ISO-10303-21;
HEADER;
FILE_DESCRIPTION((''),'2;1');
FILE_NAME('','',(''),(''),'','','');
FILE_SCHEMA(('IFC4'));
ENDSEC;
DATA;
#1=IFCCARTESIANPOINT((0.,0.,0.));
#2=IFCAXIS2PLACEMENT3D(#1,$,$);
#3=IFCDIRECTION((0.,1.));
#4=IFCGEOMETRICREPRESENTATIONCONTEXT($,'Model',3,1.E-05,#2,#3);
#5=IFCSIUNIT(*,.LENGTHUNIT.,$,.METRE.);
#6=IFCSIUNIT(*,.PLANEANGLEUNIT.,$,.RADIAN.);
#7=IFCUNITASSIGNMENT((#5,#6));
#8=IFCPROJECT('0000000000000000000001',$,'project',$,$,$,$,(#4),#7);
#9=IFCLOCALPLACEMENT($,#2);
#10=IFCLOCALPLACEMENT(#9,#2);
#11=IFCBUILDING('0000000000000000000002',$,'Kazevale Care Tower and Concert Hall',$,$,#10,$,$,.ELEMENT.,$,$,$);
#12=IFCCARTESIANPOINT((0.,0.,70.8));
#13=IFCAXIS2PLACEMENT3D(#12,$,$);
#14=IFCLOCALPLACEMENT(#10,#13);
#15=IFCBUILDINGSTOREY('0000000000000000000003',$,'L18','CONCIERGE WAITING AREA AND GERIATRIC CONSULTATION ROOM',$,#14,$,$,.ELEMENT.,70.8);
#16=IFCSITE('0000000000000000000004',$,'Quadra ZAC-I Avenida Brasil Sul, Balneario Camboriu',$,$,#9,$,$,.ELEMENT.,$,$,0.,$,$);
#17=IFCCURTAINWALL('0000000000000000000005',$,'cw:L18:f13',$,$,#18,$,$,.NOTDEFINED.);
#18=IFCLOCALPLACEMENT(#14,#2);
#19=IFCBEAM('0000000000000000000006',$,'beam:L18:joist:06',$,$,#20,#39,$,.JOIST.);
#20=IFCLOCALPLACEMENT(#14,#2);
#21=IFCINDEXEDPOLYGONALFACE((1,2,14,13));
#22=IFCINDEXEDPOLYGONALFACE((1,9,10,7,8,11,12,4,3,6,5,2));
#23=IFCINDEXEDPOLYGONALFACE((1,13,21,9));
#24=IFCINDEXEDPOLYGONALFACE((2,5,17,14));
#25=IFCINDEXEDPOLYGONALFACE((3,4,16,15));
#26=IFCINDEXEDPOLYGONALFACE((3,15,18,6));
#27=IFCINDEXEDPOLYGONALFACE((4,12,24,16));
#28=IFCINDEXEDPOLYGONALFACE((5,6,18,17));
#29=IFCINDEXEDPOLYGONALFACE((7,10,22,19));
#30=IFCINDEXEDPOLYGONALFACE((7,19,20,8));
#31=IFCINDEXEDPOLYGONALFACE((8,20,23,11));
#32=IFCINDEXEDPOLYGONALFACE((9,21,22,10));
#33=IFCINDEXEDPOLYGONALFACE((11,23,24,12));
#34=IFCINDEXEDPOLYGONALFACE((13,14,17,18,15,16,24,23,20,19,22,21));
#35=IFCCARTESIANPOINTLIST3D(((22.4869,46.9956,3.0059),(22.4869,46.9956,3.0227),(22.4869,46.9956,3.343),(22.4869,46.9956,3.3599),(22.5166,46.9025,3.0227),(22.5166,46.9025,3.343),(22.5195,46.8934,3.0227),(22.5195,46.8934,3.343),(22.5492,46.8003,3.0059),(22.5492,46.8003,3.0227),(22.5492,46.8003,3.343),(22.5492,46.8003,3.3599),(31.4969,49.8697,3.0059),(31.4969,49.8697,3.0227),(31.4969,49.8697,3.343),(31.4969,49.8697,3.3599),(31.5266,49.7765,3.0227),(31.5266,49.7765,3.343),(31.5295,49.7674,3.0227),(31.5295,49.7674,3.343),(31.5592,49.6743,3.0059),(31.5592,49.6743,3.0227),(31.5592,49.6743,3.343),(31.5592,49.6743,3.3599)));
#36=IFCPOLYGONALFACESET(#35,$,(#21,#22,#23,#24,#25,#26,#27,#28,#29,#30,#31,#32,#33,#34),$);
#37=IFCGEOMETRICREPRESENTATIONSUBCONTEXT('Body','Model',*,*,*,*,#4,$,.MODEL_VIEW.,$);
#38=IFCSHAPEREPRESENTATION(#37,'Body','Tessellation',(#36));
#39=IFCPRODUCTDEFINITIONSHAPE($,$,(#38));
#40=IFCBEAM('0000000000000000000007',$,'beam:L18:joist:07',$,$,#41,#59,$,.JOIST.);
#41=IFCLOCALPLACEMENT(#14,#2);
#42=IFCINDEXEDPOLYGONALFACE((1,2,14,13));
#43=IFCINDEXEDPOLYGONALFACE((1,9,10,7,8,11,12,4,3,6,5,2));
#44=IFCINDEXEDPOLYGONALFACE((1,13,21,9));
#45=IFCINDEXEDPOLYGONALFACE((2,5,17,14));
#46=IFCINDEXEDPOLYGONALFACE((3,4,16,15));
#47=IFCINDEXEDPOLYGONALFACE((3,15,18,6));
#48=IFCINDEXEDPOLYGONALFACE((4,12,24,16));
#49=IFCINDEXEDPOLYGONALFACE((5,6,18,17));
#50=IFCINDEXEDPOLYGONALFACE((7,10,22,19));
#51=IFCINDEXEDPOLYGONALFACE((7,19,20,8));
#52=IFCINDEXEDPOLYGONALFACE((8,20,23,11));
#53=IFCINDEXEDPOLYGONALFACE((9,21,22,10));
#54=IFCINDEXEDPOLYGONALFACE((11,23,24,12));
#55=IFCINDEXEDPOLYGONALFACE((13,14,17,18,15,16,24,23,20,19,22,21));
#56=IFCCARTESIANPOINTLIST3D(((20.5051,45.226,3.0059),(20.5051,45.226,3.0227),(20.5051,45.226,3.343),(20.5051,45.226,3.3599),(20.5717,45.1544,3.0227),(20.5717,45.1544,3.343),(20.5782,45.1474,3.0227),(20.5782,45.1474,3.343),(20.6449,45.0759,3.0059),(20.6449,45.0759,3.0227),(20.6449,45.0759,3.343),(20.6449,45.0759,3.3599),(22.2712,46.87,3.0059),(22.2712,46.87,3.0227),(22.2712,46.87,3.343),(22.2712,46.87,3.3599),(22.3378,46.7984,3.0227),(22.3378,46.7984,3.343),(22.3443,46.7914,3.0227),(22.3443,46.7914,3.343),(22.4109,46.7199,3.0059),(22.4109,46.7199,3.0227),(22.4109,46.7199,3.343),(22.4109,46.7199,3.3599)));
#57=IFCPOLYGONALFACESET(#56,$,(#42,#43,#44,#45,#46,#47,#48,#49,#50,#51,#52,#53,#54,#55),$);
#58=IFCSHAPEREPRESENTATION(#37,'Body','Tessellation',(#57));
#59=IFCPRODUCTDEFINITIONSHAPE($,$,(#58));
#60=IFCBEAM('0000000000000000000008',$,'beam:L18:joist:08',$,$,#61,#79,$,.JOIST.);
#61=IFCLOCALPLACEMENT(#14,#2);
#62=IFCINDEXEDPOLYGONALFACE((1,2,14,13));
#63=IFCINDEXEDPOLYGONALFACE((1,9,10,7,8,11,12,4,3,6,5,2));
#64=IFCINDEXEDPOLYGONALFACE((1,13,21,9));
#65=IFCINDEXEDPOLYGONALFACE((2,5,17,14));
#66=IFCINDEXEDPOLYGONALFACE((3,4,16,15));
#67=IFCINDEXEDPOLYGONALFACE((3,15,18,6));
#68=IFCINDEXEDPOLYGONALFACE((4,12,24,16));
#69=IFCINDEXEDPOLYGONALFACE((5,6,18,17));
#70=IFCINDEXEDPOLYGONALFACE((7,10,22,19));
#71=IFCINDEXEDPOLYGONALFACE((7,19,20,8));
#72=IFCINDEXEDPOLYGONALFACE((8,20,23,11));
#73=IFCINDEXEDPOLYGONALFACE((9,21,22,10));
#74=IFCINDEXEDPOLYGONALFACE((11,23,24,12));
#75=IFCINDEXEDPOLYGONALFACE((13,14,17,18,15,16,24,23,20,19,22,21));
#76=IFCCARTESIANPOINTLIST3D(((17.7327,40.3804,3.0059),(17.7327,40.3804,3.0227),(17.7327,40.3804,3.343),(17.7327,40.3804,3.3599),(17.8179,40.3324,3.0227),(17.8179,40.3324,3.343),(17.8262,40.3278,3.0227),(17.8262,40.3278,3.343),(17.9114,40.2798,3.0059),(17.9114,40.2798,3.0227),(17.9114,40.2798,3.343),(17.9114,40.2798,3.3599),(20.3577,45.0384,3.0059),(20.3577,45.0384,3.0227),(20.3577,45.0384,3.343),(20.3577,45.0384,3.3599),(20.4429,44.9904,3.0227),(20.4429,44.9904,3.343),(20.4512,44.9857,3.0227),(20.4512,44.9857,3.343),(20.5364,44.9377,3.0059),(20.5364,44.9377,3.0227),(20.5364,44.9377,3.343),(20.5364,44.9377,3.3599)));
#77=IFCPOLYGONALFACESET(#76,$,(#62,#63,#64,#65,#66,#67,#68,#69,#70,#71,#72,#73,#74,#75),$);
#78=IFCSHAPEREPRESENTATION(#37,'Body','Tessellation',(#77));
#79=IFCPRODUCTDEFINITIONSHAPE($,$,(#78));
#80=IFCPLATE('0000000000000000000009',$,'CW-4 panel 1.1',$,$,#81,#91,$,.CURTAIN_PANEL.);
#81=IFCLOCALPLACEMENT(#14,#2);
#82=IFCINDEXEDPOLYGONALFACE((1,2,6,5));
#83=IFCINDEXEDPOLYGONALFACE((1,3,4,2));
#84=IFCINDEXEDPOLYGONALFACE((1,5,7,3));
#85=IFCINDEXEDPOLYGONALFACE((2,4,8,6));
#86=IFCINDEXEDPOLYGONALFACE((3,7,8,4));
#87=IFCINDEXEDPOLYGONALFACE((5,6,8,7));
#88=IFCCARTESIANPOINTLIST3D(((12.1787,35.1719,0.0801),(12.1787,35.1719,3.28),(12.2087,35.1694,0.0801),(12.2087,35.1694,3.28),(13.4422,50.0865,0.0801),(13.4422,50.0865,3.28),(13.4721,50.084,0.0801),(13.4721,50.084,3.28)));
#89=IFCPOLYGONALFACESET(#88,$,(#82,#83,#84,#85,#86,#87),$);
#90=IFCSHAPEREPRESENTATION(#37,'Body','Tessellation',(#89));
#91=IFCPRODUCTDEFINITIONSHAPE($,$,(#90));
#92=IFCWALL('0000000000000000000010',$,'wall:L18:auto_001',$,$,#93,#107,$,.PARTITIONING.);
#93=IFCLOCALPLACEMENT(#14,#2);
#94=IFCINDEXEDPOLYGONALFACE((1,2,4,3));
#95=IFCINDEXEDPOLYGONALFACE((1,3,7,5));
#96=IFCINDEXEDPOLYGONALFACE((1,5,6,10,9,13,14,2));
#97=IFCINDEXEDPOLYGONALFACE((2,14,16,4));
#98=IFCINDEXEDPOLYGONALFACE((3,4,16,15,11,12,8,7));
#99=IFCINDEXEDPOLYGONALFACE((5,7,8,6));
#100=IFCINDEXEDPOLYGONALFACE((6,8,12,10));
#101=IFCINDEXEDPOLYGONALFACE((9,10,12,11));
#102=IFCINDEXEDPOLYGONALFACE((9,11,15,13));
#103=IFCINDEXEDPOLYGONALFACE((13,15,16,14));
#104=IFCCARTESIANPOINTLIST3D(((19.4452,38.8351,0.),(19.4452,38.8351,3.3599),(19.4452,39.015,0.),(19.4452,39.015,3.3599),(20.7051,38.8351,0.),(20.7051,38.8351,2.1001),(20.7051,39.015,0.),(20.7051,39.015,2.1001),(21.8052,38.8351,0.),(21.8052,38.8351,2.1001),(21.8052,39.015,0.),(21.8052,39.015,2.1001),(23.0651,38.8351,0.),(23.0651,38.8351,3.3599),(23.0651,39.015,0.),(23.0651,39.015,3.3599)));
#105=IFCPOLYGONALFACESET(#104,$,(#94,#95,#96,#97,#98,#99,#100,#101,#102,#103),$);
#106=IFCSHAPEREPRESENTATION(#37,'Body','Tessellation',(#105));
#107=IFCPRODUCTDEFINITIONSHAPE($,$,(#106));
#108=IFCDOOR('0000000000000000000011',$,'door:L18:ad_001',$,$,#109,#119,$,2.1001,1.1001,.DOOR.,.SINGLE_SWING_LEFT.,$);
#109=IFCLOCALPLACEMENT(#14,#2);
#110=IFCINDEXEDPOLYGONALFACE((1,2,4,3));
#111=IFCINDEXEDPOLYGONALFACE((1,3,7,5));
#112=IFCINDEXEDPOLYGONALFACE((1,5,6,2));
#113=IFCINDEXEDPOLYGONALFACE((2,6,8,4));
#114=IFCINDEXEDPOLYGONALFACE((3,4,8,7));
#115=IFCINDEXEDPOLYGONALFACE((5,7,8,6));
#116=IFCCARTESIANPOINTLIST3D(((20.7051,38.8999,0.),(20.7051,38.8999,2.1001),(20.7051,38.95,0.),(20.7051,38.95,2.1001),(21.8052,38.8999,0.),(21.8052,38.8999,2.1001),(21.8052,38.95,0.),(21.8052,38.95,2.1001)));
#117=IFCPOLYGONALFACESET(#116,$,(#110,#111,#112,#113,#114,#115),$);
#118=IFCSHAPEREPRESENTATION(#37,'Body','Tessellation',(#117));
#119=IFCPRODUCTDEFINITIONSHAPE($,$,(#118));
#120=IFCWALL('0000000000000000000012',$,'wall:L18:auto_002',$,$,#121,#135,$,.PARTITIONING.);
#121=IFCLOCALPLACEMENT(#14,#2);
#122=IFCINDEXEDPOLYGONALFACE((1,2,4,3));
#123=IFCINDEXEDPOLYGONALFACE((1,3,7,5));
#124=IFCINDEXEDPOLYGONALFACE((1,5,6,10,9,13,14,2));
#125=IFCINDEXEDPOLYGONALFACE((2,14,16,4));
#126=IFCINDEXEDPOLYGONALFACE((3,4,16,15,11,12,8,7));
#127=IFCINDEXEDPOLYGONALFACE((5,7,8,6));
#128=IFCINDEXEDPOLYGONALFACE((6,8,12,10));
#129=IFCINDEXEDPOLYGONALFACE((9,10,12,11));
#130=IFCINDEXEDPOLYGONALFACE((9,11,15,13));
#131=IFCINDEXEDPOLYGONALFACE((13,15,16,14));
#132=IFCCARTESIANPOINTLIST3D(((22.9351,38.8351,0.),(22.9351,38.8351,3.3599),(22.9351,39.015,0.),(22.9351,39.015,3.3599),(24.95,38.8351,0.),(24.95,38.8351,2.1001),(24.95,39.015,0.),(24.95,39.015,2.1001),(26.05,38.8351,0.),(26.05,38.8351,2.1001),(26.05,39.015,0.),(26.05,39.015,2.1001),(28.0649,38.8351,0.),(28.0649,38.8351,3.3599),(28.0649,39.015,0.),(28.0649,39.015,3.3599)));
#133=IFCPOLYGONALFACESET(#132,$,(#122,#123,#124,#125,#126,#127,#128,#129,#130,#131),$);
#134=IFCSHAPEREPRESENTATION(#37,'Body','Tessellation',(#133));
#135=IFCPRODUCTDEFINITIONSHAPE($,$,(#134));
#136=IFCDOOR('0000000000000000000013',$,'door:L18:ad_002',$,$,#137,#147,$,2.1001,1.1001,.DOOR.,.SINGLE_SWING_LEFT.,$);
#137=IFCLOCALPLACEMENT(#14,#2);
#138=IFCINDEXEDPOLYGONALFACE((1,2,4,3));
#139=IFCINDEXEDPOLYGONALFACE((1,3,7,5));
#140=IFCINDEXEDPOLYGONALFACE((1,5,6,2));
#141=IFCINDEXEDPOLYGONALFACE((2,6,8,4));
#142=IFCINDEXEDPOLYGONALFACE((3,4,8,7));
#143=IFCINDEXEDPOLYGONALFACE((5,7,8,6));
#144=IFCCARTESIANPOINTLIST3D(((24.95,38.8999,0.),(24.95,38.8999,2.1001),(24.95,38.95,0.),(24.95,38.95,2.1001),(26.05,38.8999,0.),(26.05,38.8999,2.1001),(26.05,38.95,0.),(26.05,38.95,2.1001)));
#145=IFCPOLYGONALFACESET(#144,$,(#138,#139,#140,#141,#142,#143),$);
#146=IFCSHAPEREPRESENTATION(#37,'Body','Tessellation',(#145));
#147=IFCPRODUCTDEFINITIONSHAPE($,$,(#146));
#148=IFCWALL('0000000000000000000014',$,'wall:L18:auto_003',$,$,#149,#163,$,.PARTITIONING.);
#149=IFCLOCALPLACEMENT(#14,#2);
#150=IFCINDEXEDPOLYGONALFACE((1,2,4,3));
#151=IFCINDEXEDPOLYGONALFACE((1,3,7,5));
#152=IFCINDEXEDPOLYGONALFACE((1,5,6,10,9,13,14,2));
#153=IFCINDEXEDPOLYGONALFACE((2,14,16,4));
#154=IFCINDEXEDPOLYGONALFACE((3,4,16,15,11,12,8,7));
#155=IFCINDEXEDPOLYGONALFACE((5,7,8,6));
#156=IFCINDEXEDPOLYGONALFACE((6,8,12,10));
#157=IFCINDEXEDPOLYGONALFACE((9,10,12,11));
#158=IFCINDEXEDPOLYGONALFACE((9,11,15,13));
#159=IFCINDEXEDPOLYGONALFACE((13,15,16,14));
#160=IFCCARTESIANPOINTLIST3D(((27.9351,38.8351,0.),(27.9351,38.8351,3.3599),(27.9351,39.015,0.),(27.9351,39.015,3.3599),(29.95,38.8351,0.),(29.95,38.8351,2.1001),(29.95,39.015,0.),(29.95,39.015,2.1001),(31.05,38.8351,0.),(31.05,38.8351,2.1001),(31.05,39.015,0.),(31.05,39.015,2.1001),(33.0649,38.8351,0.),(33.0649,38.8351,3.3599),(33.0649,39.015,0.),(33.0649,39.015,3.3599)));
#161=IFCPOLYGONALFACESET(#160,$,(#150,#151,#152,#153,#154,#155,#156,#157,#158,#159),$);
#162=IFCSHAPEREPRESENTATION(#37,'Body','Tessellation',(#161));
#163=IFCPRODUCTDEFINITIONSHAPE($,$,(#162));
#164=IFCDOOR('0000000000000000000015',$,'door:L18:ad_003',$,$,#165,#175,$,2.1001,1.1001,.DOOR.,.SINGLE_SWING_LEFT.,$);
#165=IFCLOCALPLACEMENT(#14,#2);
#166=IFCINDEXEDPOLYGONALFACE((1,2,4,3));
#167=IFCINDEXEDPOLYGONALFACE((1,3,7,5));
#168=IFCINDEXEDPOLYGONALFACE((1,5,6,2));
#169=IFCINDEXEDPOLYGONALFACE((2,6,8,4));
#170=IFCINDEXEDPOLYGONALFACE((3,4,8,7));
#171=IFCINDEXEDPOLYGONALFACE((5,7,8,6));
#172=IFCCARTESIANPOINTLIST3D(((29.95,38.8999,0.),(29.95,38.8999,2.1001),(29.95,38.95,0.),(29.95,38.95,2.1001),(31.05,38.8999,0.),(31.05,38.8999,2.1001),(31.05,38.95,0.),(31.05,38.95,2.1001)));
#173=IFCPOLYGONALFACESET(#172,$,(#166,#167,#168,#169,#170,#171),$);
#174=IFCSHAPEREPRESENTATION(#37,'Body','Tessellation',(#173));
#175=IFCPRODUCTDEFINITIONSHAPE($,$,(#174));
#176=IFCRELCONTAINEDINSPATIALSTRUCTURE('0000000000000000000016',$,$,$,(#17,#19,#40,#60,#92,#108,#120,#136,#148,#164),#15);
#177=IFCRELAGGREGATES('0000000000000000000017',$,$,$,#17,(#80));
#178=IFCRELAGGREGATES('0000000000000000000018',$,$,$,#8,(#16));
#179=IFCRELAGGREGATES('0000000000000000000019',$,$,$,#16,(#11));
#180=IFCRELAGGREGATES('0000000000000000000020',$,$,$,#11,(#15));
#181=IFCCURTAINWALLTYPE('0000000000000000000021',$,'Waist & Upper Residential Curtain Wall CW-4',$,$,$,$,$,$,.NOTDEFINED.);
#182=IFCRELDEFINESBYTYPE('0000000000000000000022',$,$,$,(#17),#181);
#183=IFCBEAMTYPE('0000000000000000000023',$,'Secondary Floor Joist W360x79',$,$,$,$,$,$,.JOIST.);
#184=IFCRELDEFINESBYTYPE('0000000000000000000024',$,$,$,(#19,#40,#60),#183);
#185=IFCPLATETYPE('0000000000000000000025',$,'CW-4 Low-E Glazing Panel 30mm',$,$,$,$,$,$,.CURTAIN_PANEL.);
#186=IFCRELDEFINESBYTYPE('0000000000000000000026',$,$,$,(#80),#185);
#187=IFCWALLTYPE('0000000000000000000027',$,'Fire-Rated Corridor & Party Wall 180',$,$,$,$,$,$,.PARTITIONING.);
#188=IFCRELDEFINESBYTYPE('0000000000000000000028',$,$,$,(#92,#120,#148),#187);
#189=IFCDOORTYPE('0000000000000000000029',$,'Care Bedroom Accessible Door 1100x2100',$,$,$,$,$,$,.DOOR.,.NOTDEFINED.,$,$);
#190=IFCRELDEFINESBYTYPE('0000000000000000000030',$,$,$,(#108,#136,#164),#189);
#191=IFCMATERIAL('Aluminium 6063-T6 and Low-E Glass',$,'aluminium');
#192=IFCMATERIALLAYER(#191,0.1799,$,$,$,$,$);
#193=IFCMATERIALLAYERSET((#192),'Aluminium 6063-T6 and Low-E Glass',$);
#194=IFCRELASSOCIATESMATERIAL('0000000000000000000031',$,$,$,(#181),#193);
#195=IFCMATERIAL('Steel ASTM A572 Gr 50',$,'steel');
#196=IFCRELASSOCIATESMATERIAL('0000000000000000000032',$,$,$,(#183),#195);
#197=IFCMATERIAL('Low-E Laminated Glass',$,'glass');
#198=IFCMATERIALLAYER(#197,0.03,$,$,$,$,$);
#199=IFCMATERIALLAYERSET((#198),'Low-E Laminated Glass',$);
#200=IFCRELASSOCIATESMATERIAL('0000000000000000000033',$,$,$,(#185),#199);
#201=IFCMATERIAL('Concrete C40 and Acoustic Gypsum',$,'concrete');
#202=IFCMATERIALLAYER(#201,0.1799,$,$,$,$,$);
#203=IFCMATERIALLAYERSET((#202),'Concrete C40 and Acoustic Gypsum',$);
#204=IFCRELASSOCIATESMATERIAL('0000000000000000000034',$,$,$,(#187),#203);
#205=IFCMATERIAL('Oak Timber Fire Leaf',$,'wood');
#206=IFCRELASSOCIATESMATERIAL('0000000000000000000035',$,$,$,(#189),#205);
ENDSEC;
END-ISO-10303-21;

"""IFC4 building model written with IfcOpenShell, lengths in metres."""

from ifc_helpers import new_model, si_unit, direction, frame, frame_2d, origin, origin_2d, place, context, subcontext, project, spatial, rectangle, i_section, extrude, material, layer, layer_set, material_profile, profile_set, type_object, element, fill, aggregate, save


model = new_model("IFC4")

# Units and contexts
model_context = context("Model", 3, precision=1e-05, world=origin(), true_north=direction((0.0, 1.0)))
body_context = subcontext(model_context, "Body", "Model", "MODEL_VIEW")
ifc_project = project(units=[si_unit("LENGTHUNIT", "METRE"), si_unit("PLANEANGLEUNIT", "RADIAN")], contexts=[model_context])

# Site, building, storey
site_placement = place(None, origin())
site = spatial("IfcSite", under=ifc_project, at=site_placement, Name="Quadra ZAC-I Avenida Brasil Sul, Balneario Camboriu", CompositionType="ELEMENT", RefElevation=0.0)
building_placement = place(site_placement, origin())
building = spatial("IfcBuilding", under=site, at=building_placement, Name="Kazevale Care Tower and Concert Hall", CompositionType="ELEMENT")
storey_placement = place(building_placement, frame((0.0, 0.0, 70.8)))
storey = spatial("IfcBuildingStorey", under=building, at=storey_placement, Name="L18", Description="CONCIERGE WAITING AREA AND GERIATRIC CONSULTATION ROOM", CompositionType="ELEMENT", Elevation=70.8)

# Curtain wall
ifc_material_1 = material(Name="Aluminium 6063-T6 and Low-E Glass", Category="aluminium")
ifc_layer_1 = layer(ifc_material_1, 0.1799)
ifc_layer_set_1 = layer_set([ifc_layer_1], Name="Aluminium 6063-T6 and Low-E Glass")
curtain_wall_type_1 = type_object("IfcCurtainWallType", Name="Waist & Upper Residential Curtain Wall CW-4", PredefinedType="NOTDEFINED", material=ifc_layer_set_1)
curtain_wall_1_placement = place(storey_placement, origin())
curtain_wall_1 = element("IfcCurtainWall", 1, at=curtain_wall_1_placement, inside=storey, type_object=curtain_wall_type_1, Name="cw:L18:f13", PredefinedType="NOTDEFINED")

# Beams
ifc_material_2 = material(Name="Steel ASTM A572 Gr 50", Category="steel")
ifc_material_profile_1 = material_profile(ifc_material_2, i_section(OverallWidth=0.2051, OverallDepth=0.354, WebThickness=0.0095, FlangeThickness=0.0168, at=origin_2d()), Name="W360x79")
ifc_profile_set_1 = profile_set([ifc_material_profile_1], Name="Steel ASTM A572 Gr 50")
beam_type_1 = type_object("IfcBeamType", Name="Secondary Floor Joist W360x79", PredefinedType="JOIST", material=ifc_profile_set_1)
beam_1_placement = place(storey_placement, frame((31.5281, 49.772, 3.1829), z_axis=(-0.952705, -0.303895, 0.0), x_axis=(0.303895, -0.952705, 0.0)))
element("IfcBeam", 2, at=beam_1_placement, inside=storey, type_object=beam_type_1, Name="beam:L18:joist:06", PredefinedType="JOIST", context=body_context, shape_type="SweptSolid", body=[
    extrude(i_section(OverallWidth=0.2051, OverallDepth=0.354, WebThickness=0.0095, FlangeThickness=0.0168, at=origin_2d()), origin(), (0.0, 0.0, 1.0), 9.4573),
])
beam_2_placement = place(storey_placement, frame((22.3411, 46.7949, 3.1829), z_axis=(-0.73195, -0.681359, 0.0), x_axis=(0.681359, -0.73195, 0.0)))
element("IfcBeam", 3, at=beam_2_placement, inside=storey, type_object=beam_type_1, Name="beam:L18:joist:07", PredefinedType="JOIST", context=body_context, shape_type="SweptSolid", body=[
    extrude(i_section(OverallWidth=0.2051, OverallDepth=0.354, WebThickness=0.0095, FlangeThickness=0.0168, at=origin_2d()), origin(), (0.0, 0.0, 1.0), 2.4128),
])
beam_3_placement = place(storey_placement, frame((20.447, 44.988, 3.1829), z_axis=(-0.490957, -0.871184, 0.0), x_axis=(0.871184, -0.490957, 0.0)))
element("IfcBeam", 4, at=beam_3_placement, inside=storey, type_object=beam_type_1, Name="beam:L18:joist:08", PredefinedType="JOIST", context=body_context, shape_type="SweptSolid", body=[
    extrude(i_section(OverallWidth=0.2051, OverallDepth=0.354, WebThickness=0.0095, FlangeThickness=0.0168, at=origin_2d()), origin(), (0.0, 0.0, 1.0), 5.3467),
])

# Plate
ifc_material_3 = material(Name="Low-E Laminated Glass", Category="glass")
ifc_layer_2 = layer(ifc_material_3, 0.03)
ifc_layer_set_2 = layer_set([ifc_layer_2], Name="Low-E Laminated Glass")
plate_type = type_object("IfcPlateType", Name="CW-4 Low-E Glazing Panel 30mm", PredefinedType="CURTAIN_PANEL", material=ifc_layer_set_2)
plate_placement = place(storey_placement, frame((12.8254, 42.6279, 0.0801), z_axis=(0.0, 0.0, 1.0), x_axis=(0.084413, 0.996431, 0.0)))
plate = element("IfcPlate", 5, at=plate_placement, type_object=plate_type, Name="CW-4 panel 1.1", PredefinedType="CURTAIN_PANEL", context=body_context, shape_type="SweptSolid", body=[
    extrude(rectangle(XDim=14.968, YDim=0.03, at=origin_2d()), origin(), (0.0, 0.0, 1.0), 3.2),
])
aggregate(curtain_wall_1, [plate])

# Walls, openings, doors
ifc_material_4 = material(Name="Concrete C40 and Acoustic Gypsum", Category="concrete")
ifc_layer_3 = layer(ifc_material_4, 0.1799)
ifc_layer_set_3 = layer_set([ifc_layer_3], Name="Concrete C40 and Acoustic Gypsum")
wall_type = type_object("IfcWallType", Name="Fire-Rated Corridor & Party Wall 180", PredefinedType="PARTITIONING", material=ifc_layer_set_3)
wall_1_placement = place(storey_placement, frame((19.4451, 38.925, 0.0), z_axis=(0.0, 0.0, 1.0), x_axis=(1.0, 0.0, 0.0)))
wall_1 = element("IfcWall", 6, at=wall_1_placement, inside=storey, type_object=wall_type, Name="wall:L18:auto_001", PredefinedType="PARTITIONING", context=body_context, shape_type="SweptSolid", body=[
    extrude(rectangle(XDim=3.6199, YDim=0.1799, at=frame_2d((1.8101, 0.0))), origin(), (0.0, 0.0, 1.0), 3.3599),
])
opening_1_placement = place(wall_1_placement, frame((1.26, 0.0, 0.0)))
opening_1 = element("IfcOpeningElement", 7, at=opening_1_placement, cuts=wall_1, PredefinedType="OPENING", context=body_context, shape_type="SweptSolid", body=[
    extrude(rectangle(XDim=1.1001, YDim=2.1001, at=frame_2d((0.55, 1.05))), frame((0.0, 0.0999, 0.0), z_axis=(0.0, -1.0, 0.0), x_axis=(1.0, 0.0, 0.0)), (0.0, 0.0, 1.0), 0.2),
])
ifc_material_5 = material(Name="Oak Timber Fire Leaf", Category="wood")
door_type = type_object("IfcDoorType", Name="Care Bedroom Accessible Door 1100x2100", OperationType="NOTDEFINED", PredefinedType="DOOR", material=ifc_material_5)
door_1_placement = place(opening_1_placement, origin())
door_1 = element("IfcDoor", 8, at=door_1_placement, inside=storey, type_object=door_type, Name="door:L18:ad_001", OperationType="SINGLE_SWING_LEFT", OverallHeight=2.1001, OverallWidth=1.1001, PredefinedType="DOOR", context=body_context, shape_type="SweptSolid", body=[
    extrude(rectangle(XDim=1.1001, YDim=2.1001, at=frame_2d((0.55, 1.05))), frame((0.0, 0.0249, 0.0), z_axis=(0.0, -1.0, 0.0), x_axis=(1.0, 0.0, 0.0)), (0.0, 0.0, 1.0), 0.05),
])
fill(opening_1, door_1)
wall_2_placement = place(storey_placement, frame((22.9351, 38.925, 0.0), z_axis=(0.0, 0.0, 1.0), x_axis=(1.0, 0.0, 0.0)))
wall_2 = element("IfcWall", 9, at=wall_2_placement, inside=storey, type_object=wall_type, Name="wall:L18:auto_002", PredefinedType="PARTITIONING", context=body_context, shape_type="SweptSolid", body=[
    extrude(rectangle(XDim=5.1299, YDim=0.1799, at=frame_2d((2.5649, 0.0))), origin(), (0.0, 0.0, 1.0), 3.3599),
])
opening_2_placement = place(wall_2_placement, frame((2.0149, 0.0, 0.0)))
opening_2 = element("IfcOpeningElement", 10, at=opening_2_placement, cuts=wall_2, PredefinedType="OPENING", context=body_context, shape_type="SweptSolid", body=[
    extrude(rectangle(XDim=1.1001, YDim=2.1001, at=frame_2d((0.55, 1.05))), frame((0.0, 0.0999, 0.0), z_axis=(0.0, -1.0, 0.0), x_axis=(1.0, 0.0, 0.0)), (0.0, 0.0, 1.0), 0.2),
])
door_2_placement = place(opening_2_placement, origin())
door_2 = element("IfcDoor", 11, at=door_2_placement, inside=storey, type_object=door_type, Name="door:L18:ad_002", OperationType="SINGLE_SWING_LEFT", OverallHeight=2.1001, OverallWidth=1.1001, PredefinedType="DOOR", context=body_context, shape_type="SweptSolid", body=[
    extrude(rectangle(XDim=1.1001, YDim=2.1001, at=frame_2d((0.55, 1.05))), frame((0.0, 0.0249, 0.0), z_axis=(0.0, -1.0, 0.0), x_axis=(1.0, 0.0, 0.0)), (0.0, 0.0, 1.0), 0.05),
])
fill(opening_2, door_2)
wall_3_placement = place(storey_placement, frame((27.9351, 38.925, 0.0), z_axis=(0.0, 0.0, 1.0), x_axis=(1.0, 0.0, 0.0)))
wall_3 = element("IfcWall", 12, at=wall_3_placement, inside=storey, type_object=wall_type, Name="wall:L18:auto_003", PredefinedType="PARTITIONING", context=body_context, shape_type="SweptSolid", body=[
    extrude(rectangle(XDim=5.1299, YDim=0.1799, at=frame_2d((2.5649, 0.0))), origin(), (0.0, 0.0, 1.0), 3.3599),
])
opening_3_placement = place(wall_3_placement, frame((2.0149, 0.0, 0.0)))
opening_3 = element("IfcOpeningElement", 13, at=opening_3_placement, cuts=wall_3, PredefinedType="OPENING", context=body_context, shape_type="SweptSolid", body=[
    extrude(rectangle(XDim=1.1001, YDim=2.1001, at=frame_2d((0.55, 1.05))), frame((0.0, 0.0999, 0.0), z_axis=(0.0, -1.0, 0.0), x_axis=(1.0, 0.0, 0.0)), (0.0, 0.0, 1.0), 0.2),
])
door_3_placement = place(opening_3_placement, origin())
door_3 = element("IfcDoor", 14, at=door_3_placement, inside=storey, type_object=door_type, Name="door:L18:ad_003", OperationType="SINGLE_SWING_LEFT", OverallHeight=2.1001, OverallWidth=1.1001, PredefinedType="DOOR", context=body_context, shape_type="SweptSolid", body=[
    extrude(rectangle(XDim=1.1001, YDim=2.1001, at=frame_2d((0.55, 1.05))), frame((0.0, 0.0249, 0.0), z_axis=(0.0, -1.0, 0.0), x_axis=(1.0, 0.0, 0.0)), (0.0, 0.0, 1.0), 0.05),
])
fill(opening_3, door_3)

save(model, "model.ifc")
